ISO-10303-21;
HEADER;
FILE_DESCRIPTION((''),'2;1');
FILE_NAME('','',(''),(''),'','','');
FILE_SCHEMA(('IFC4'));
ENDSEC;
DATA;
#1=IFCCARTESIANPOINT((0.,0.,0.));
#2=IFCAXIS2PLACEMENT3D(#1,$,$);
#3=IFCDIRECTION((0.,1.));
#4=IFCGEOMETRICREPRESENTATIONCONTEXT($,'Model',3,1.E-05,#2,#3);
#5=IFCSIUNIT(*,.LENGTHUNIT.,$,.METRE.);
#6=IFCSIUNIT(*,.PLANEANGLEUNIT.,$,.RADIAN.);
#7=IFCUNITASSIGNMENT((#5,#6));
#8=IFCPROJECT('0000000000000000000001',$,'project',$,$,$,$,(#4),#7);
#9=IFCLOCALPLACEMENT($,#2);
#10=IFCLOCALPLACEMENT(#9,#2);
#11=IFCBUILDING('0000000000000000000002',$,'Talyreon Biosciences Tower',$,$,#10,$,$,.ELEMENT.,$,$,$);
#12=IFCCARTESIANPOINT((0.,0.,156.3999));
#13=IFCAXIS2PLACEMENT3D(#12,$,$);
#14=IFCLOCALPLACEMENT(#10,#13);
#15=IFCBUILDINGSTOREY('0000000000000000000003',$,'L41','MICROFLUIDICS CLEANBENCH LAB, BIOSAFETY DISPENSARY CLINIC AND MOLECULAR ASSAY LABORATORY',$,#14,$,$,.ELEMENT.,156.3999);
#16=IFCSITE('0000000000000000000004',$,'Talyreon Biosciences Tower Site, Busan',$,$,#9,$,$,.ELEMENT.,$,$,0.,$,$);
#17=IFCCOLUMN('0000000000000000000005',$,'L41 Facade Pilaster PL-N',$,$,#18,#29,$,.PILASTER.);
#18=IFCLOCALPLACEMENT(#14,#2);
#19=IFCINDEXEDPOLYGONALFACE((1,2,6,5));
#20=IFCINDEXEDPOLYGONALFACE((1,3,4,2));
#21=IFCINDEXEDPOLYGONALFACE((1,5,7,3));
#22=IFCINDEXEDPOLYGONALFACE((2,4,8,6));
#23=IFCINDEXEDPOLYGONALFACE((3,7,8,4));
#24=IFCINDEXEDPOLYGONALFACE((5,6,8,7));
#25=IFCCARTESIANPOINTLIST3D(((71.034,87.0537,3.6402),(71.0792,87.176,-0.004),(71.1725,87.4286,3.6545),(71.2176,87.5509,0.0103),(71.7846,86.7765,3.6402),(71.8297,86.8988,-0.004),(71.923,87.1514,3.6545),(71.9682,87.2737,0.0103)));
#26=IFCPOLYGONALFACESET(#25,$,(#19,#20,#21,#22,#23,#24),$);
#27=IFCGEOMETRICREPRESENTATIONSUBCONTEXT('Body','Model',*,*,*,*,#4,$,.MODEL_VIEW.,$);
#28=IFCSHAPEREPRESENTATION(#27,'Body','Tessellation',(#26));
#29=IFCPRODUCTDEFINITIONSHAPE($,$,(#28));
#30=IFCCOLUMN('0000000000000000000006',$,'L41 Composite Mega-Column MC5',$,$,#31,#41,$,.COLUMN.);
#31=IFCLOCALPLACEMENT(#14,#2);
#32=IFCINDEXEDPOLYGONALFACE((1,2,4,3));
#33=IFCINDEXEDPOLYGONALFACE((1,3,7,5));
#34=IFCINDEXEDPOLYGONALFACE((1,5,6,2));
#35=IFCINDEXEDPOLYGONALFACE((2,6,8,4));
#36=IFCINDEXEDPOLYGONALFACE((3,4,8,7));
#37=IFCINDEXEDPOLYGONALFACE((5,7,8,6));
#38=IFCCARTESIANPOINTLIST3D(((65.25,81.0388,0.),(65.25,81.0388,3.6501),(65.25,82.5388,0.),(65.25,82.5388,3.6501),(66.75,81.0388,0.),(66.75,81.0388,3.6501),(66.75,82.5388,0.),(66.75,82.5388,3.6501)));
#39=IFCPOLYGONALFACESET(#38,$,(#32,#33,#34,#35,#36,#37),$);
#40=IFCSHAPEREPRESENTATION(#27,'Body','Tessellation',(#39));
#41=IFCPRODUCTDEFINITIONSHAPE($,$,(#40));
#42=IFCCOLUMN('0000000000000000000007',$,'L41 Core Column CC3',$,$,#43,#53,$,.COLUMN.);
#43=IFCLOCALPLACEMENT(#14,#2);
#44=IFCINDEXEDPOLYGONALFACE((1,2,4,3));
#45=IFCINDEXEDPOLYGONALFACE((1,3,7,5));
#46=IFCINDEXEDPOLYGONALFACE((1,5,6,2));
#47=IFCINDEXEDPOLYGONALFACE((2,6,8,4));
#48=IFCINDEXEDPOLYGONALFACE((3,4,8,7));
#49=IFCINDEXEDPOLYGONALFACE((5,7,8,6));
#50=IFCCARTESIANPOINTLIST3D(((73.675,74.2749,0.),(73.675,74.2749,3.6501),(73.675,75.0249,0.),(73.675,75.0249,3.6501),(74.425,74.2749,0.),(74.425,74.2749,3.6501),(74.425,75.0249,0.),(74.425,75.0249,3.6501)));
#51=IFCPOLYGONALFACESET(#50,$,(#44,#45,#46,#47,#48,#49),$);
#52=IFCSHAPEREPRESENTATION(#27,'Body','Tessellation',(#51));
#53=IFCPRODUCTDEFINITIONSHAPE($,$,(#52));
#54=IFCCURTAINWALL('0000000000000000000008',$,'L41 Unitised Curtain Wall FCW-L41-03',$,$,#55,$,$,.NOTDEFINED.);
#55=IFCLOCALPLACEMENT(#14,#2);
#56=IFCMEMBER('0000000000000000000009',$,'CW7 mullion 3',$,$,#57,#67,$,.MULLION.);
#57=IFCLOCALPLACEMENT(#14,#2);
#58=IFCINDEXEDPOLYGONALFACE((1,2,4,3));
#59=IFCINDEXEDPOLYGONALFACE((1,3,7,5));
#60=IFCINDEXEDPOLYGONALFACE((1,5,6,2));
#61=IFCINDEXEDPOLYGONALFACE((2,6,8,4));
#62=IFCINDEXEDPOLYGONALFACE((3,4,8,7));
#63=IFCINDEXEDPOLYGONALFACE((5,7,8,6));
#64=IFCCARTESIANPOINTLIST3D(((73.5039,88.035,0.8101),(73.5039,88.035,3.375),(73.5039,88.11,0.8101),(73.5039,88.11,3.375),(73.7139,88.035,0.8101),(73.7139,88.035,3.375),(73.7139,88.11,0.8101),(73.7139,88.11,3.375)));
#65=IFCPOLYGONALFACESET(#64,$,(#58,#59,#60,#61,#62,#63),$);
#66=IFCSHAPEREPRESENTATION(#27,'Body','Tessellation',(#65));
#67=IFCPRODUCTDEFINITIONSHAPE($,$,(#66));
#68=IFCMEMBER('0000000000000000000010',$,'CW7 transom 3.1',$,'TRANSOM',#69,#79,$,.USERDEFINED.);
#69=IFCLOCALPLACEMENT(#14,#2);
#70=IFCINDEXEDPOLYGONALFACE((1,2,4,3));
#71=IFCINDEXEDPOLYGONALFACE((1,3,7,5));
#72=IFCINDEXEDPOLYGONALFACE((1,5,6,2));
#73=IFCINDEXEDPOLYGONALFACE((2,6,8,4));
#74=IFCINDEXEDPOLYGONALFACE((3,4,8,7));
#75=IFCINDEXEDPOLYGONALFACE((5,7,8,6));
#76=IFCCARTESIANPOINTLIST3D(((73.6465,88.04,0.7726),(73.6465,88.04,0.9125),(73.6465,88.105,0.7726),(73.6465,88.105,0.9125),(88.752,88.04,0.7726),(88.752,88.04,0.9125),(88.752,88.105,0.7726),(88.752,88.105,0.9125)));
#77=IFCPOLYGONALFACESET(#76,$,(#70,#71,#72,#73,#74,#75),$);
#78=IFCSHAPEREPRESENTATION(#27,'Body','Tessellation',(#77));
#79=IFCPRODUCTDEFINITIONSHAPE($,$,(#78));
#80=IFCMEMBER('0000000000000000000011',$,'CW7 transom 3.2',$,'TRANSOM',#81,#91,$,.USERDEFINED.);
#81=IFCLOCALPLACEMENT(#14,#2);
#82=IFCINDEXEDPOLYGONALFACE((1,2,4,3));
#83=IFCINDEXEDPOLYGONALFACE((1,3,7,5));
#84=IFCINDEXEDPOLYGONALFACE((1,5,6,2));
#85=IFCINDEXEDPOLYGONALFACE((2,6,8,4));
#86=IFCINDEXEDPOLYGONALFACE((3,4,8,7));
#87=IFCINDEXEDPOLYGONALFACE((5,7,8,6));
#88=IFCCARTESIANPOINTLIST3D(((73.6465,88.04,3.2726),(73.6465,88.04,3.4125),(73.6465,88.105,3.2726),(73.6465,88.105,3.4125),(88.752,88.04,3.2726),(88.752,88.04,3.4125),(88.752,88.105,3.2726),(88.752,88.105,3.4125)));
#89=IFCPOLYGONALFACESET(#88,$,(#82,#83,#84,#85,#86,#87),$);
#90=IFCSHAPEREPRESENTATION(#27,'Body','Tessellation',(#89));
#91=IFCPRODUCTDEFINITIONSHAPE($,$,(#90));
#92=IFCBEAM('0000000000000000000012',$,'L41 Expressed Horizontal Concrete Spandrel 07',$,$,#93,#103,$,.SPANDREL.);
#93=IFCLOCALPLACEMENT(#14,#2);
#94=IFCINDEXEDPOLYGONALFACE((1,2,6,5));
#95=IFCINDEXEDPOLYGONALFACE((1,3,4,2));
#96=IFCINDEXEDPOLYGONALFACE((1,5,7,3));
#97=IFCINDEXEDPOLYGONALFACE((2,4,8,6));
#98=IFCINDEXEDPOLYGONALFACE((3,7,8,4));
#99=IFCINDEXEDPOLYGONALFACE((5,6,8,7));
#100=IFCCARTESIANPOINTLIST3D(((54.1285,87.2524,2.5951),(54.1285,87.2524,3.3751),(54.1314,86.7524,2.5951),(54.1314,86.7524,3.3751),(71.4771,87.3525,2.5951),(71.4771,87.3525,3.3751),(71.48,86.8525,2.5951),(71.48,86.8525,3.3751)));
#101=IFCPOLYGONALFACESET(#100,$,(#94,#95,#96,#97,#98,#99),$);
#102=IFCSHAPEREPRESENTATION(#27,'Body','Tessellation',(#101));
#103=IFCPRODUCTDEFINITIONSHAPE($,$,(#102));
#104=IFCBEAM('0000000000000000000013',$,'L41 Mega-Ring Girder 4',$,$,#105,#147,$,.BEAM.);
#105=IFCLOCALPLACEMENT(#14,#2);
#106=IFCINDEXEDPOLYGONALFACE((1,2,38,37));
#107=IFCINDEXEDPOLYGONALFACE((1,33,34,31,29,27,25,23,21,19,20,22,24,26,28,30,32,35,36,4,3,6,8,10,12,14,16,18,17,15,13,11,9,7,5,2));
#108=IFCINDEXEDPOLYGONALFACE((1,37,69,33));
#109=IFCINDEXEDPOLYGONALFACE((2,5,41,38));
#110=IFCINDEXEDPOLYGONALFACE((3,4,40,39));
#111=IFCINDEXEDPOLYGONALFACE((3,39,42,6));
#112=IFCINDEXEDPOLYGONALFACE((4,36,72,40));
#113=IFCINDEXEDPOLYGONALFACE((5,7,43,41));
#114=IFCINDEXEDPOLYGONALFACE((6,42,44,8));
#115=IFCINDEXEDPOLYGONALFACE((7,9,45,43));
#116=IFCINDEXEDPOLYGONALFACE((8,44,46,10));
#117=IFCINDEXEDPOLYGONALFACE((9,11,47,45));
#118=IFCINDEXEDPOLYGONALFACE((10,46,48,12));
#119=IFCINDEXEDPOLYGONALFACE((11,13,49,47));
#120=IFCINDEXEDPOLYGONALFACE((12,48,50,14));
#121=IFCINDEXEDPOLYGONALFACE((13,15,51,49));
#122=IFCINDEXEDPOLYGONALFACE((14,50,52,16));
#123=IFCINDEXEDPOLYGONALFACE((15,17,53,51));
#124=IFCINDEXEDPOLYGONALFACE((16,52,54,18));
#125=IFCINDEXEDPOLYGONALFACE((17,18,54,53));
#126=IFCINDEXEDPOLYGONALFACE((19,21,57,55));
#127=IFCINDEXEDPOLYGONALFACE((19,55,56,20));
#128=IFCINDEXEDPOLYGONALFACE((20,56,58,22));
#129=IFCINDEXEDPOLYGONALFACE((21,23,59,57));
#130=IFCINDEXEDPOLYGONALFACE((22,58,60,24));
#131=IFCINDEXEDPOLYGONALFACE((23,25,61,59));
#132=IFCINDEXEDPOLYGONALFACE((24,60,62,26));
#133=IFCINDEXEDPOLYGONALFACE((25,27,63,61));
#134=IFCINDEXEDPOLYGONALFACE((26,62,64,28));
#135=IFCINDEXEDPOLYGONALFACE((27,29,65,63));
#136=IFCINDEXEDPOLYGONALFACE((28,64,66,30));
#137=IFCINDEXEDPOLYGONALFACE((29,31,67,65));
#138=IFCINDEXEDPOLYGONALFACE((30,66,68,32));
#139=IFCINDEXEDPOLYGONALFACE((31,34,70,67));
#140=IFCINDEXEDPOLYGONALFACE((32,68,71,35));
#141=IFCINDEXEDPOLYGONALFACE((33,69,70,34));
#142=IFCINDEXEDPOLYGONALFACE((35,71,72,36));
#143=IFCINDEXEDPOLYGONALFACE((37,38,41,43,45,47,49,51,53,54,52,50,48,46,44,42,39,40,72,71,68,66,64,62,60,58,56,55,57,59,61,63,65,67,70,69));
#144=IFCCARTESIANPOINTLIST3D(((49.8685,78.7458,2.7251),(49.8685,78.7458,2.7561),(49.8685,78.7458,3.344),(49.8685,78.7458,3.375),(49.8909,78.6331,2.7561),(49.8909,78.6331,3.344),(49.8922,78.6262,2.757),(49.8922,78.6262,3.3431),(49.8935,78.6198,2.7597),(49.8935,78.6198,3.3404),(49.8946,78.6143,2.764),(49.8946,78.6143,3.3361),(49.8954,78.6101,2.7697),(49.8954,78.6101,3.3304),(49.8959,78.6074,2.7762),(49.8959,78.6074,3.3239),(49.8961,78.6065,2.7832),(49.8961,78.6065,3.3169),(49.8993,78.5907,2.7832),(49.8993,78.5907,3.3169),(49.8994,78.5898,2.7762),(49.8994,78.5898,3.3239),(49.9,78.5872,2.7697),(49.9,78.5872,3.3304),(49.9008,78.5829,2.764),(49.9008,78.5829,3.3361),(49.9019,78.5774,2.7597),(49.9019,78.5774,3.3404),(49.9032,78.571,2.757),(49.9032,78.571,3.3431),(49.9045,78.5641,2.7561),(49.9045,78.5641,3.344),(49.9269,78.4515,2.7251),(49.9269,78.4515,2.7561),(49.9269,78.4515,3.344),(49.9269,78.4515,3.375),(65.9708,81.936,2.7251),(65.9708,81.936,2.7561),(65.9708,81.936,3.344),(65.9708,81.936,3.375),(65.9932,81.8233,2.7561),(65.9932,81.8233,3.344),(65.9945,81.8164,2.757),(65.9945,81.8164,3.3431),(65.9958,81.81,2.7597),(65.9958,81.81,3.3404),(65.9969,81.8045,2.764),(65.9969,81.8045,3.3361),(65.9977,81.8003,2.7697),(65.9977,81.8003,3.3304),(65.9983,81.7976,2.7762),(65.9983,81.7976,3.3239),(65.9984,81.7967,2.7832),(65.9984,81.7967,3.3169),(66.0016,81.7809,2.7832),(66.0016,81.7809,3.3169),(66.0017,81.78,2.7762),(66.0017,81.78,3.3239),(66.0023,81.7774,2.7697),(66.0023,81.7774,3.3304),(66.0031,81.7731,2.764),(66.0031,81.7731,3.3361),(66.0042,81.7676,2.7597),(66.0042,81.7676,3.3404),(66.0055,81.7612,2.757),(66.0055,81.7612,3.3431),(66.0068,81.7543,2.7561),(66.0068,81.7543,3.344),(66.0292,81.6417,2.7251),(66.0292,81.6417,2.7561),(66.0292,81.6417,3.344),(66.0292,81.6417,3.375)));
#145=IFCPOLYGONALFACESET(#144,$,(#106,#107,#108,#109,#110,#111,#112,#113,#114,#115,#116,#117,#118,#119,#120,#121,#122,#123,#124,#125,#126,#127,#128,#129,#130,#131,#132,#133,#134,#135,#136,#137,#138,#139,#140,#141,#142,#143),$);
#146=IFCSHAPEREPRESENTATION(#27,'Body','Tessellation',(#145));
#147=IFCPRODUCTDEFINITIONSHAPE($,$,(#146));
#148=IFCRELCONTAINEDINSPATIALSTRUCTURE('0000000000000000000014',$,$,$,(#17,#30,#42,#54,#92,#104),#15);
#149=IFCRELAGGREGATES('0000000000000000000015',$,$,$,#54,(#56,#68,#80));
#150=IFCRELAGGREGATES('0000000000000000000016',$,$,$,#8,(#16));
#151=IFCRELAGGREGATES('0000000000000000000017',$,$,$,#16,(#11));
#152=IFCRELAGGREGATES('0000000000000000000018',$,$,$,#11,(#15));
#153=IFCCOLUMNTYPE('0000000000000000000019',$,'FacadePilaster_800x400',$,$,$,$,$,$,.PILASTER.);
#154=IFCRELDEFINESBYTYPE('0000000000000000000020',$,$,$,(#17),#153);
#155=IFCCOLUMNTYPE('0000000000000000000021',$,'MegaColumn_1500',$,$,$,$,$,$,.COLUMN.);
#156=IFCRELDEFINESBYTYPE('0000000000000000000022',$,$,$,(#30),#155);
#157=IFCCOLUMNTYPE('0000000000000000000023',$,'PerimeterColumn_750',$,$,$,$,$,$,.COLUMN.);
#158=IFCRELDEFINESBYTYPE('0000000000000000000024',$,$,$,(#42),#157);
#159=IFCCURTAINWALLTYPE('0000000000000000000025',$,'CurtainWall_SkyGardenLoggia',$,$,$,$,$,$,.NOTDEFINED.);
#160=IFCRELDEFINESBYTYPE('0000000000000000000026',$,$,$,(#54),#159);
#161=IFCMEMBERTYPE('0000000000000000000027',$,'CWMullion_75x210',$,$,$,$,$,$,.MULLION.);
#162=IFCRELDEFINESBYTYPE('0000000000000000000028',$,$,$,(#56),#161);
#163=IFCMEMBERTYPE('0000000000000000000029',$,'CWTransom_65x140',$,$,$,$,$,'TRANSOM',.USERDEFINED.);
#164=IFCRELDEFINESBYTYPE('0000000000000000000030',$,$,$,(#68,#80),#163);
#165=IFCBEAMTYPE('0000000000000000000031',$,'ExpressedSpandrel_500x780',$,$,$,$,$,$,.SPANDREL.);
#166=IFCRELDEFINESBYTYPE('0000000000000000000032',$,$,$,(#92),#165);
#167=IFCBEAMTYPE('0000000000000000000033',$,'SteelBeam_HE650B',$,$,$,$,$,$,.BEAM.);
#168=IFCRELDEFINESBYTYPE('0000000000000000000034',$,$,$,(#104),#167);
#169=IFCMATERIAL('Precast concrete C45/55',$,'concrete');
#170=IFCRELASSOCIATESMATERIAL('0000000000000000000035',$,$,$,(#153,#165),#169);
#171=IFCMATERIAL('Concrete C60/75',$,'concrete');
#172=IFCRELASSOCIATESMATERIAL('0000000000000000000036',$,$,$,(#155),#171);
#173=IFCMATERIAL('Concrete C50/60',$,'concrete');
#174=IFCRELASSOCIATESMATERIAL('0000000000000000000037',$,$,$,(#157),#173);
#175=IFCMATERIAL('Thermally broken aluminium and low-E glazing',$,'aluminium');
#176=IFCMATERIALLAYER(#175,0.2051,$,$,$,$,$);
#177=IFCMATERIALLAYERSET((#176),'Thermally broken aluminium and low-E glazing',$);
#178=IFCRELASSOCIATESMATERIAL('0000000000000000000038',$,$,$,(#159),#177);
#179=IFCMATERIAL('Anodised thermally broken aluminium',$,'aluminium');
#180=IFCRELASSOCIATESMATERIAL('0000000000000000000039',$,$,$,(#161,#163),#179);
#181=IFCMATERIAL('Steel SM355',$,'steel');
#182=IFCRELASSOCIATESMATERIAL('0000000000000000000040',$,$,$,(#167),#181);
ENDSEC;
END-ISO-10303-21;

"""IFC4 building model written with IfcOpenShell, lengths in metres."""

from ifc_helpers import new_model, si_unit, direction, frame, origin, origin_2d, place, context, subcontext, project, spatial, rectangle, i_section, extrude, material, layer, layer_set, material_profile, profile_set, type_object, element, aggregate, save


model = new_model("IFC4")

# Units and contexts
model_context = context("Model", 3, precision=1e-05, world=origin(), true_north=direction((0.0, 1.0)))
body_context = subcontext(model_context, "Body", "Model", "MODEL_VIEW")
ifc_project = project(units=[si_unit("LENGTHUNIT", "METRE"), si_unit("PLANEANGLEUNIT", "RADIAN")], contexts=[model_context])

# Site, building, storey
site_placement = place(None, origin())
site = spatial("IfcSite", under=ifc_project, at=site_placement, Name="Talyreon Biosciences Tower Site, Busan", CompositionType="ELEMENT", RefElevation=0.0)
building_placement = place(site_placement, origin())
building = spatial("IfcBuilding", under=site, at=building_placement, Name="Talyreon Biosciences Tower", CompositionType="ELEMENT")
storey_placement = place(building_placement, frame((0.0, 0.0, 156.3999)))
storey = spatial("IfcBuildingStorey", under=building, at=storey_placement, Name="L41", Description="MICROFLUIDICS CLEANBENCH LAB, BIOSAFETY DISPENSARY CLINIC AND MOLECULAR ASSAY LABORATORY", CompositionType="ELEMENT", Elevation=156.3999)

# Columns
ifc_material_1 = material(Name="Precast concrete C45/55", Category="concrete")
ifc_material_profile_1 = material_profile(ifc_material_1, rectangle(XDim=0.8, YDim=0.3999, at=origin_2d()), Name="RC 800x400")
ifc_profile_set_1 = profile_set([ifc_material_profile_1], Name="Precast concrete C45/55")
column_type_1 = type_object("IfcColumnType", Name="FacadePilaster_800x400", PredefinedType="PILASTER", material=ifc_profile_set_1)
column_1_placement = place(storey_placement, frame((71.5237, 87.2249, 0.0032), z_axis=(-0.012387, -0.033544, 0.99936), x_axis=(-0.938087, 0.346399, 0.0)))
element("IfcColumn", 1, at=column_1_placement, inside=storey, type_object=column_type_1, Name="L41 Facade Pilaster PL-N", PredefinedType="PILASTER", context=body_context, shape_type="SweptSolid", body=[
    extrude(rectangle(XDim=0.8, YDim=0.3999, at=origin_2d()), origin(), (0.0, 0.0, 1.0), 3.6465),
])
ifc_material_2 = material(Name="Concrete C60/75", Category="concrete")
ifc_material_profile_2 = material_profile(ifc_material_2, rectangle(XDim=1.5, YDim=1.5, at=origin_2d()), Name="RC 1500x1500")
ifc_profile_set_2 = profile_set([ifc_material_profile_2], Name="Concrete C60/75")
column_type_2 = type_object("IfcColumnType", Name="MegaColumn_1500", PredefinedType="COLUMN", material=ifc_profile_set_2)
column_2_placement = place(storey_placement, frame((66.0, 81.7888, 0.0), z_axis=(0.0, 0.0, 1.0), x_axis=(1.0, 0.0, 0.0)))
element("IfcColumn", 2, at=column_2_placement, inside=storey, type_object=column_type_2, Name="L41 Composite Mega-Column MC5", PredefinedType="COLUMN", context=body_context, shape_type="SweptSolid", body=[
    extrude(rectangle(XDim=1.5, YDim=1.5, at=origin_2d()), origin(), (0.0, 0.0, 1.0), 3.6501),
])
ifc_material_3 = material(Name="Concrete C50/60", Category="concrete")
ifc_material_profile_3 = material_profile(ifc_material_3, rectangle(XDim=0.75, YDim=0.75, at=origin_2d()), Name="RC 750x750")
ifc_profile_set_3 = profile_set([ifc_material_profile_3], Name="Concrete C50/60")
column_type_3 = type_object("IfcColumnType", Name="PerimeterColumn_750", PredefinedType="COLUMN", material=ifc_profile_set_3)
column_3_placement = place(storey_placement, frame((74.05, 74.6499, 0.0), z_axis=(0.0, 0.0, 1.0), x_axis=(1.0, 0.0, 0.0)))
element("IfcColumn", 3, at=column_3_placement, inside=storey, type_object=column_type_3, Name="L41 Core Column CC3", PredefinedType="COLUMN", context=body_context, shape_type="SweptSolid", body=[
    extrude(rectangle(XDim=0.75, YDim=0.75, at=origin_2d()), origin(), (0.0, 0.0, 1.0), 3.6501),
])

# Curtain wall, members
ifc_material_4 = material(Name="Thermally broken aluminium and low-E glazing", Category="aluminium")
ifc_layer_1 = layer(ifc_material_4, 0.2051)
ifc_layer_set_1 = layer_set([ifc_layer_1], Name="Thermally broken aluminium and low-E glazing")
curtain_wall_type = type_object("IfcCurtainWallType", Name="CurtainWall_SkyGardenLoggia", PredefinedType="NOTDEFINED", material=ifc_layer_set_1)
curtain_wall_placement = place(storey_placement, origin())
curtain_wall = element("IfcCurtainWall", 4, at=curtain_wall_placement, inside=storey, type_object=curtain_wall_type, Name="L41 Unitised Curtain Wall FCW-L41-03", PredefinedType="NOTDEFINED")
ifc_material_5 = material(Name="Anodised thermally broken aluminium", Category="aluminium")
ifc_material_profile_4 = material_profile(ifc_material_5, rectangle(XDim=0.075, YDim=0.21, at=origin_2d()), Name="ALUM MULLION 75x210")
ifc_profile_set_4 = profile_set([ifc_material_profile_4], Name="Anodised thermally broken aluminium")
member_type_1 = type_object("IfcMemberType", Name="CWMullion_75x210", PredefinedType="MULLION", material=ifc_profile_set_4)
member_1_placement = place(storey_placement, frame((73.6089, 88.0725, 0.8101), z_axis=(0.0, 0.0, 1.0), x_axis=(0.0, 1.0, 0.0)))
member_1 = element("IfcMember", 5, at=member_1_placement, type_object=member_type_1, Name="CW7 mullion 3", PredefinedType="MULLION", context=body_context, shape_type="SweptSolid", body=[
    extrude(rectangle(XDim=0.075, YDim=0.21, at=origin_2d()), origin(), (0.0, 0.0, 1.0), 2.5649),
])
ifc_material_profile_5 = material_profile(ifc_material_5, rectangle(XDim=0.0649, YDim=0.1399, at=origin_2d()), Name="ALUM TRANSOM 65x140")
ifc_profile_set_5 = profile_set([ifc_material_profile_5], Name="Anodised thermally broken aluminium")
member_type_2 = type_object("IfcMemberType", Name="CWTransom_65x140", ElementType="TRANSOM", PredefinedType="USERDEFINED", material=ifc_profile_set_5)
member_2_placement = place(storey_placement, frame((73.6465, 88.0725, 0.8425), z_axis=(1.0, 0.0, 0.0), x_axis=(0.0, 1.0, 0.0)))
member_2 = element("IfcMember", 6, at=member_2_placement, type_object=member_type_2, Name="CW7 transom 3.1", ObjectType="TRANSOM", PredefinedType="USERDEFINED", context=body_context, shape_type="SweptSolid", body=[
    extrude(rectangle(XDim=0.0649, YDim=0.1399, at=origin_2d()), origin(), (0.0, 0.0, 1.0), 15.1055),
])
member_3_placement = place(storey_placement, frame((73.6465, 88.0725, 3.3425), z_axis=(1.0, 0.0, 0.0), x_axis=(0.0, 1.0, 0.0)))
member_3 = element("IfcMember", 7, at=member_3_placement, type_object=member_type_2, Name="CW7 transom 3.2", ObjectType="TRANSOM", PredefinedType="USERDEFINED", context=body_context, shape_type="SweptSolid", body=[
    extrude(rectangle(XDim=0.0649, YDim=0.1399, at=origin_2d()), origin(), (0.0, 0.0, 1.0), 15.1055),
])

# Beams
ifc_material_profile_6 = material_profile(ifc_material_1, rectangle(XDim=0.5, YDim=0.78, at=origin_2d()), Name="RCB 500x780")
ifc_profile_set_6 = profile_set([ifc_material_profile_6], Name="Precast concrete C45/55")
beam_type_1 = type_object("IfcBeamType", Name="ExpressedSpandrel_500x780", PredefinedType="SPANDREL", material=ifc_profile_set_6)
beam_1_placement = place(storey_placement, frame((71.4785, 87.1025, 2.9851), z_axis=(-0.999983, -0.00577, 0.0), x_axis=(0.00577, -0.999983, 0.0)))
element("IfcBeam", 8, at=beam_1_placement, inside=storey, type_object=beam_type_1, Name="L41 Expressed Horizontal Concrete Spandrel 07", PredefinedType="SPANDREL", context=body_context, shape_type="SweptSolid", body=[
    extrude(rectangle(XDim=0.5, YDim=0.78, at=origin_2d()), origin(), (0.0, 0.0, 1.0), 17.3489),
])
ifc_material_6 = material(Name="Steel SM355", Category="steel")
ifc_material_profile_7 = material_profile(ifc_material_6, i_section(OverallWidth=0.3, OverallDepth=0.6499, WebThickness=0.0161, FlangeThickness=0.031, FilletRadius=0.0271, at=origin_2d()), Name="HE650B")
ifc_profile_set_7 = profile_set([ifc_material_profile_7], Name="Steel SM355")
beam_type_2 = type_object("IfcBeamType", Name="SteelBeam_HE650B", PredefinedType="BEAM", material=ifc_profile_set_7)
beam_2_placement = place(storey_placement, frame((66.0, 81.7888, 3.05), z_axis=(-0.980934, -0.194343, 0.0), x_axis=(0.194343, -0.980934, 0.0)))
element("IfcBeam", 9, at=beam_2_placement, inside=storey, type_object=beam_type_2, Name="L41 Mega-Ring Girder 4", PredefinedType="BEAM", context=body_context, shape_type="SweptSolid", body=[
    extrude(i_section(OverallWidth=0.3, OverallDepth=0.6499, WebThickness=0.0161, FlangeThickness=0.031, FilletRadius=0.0271, at=origin_2d()), origin(), (0.0, 0.0, 1.0), 16.4153),
])

aggregate(curtain_wall, [member_1, member_2, member_3])

save(model, "model.ifc")
